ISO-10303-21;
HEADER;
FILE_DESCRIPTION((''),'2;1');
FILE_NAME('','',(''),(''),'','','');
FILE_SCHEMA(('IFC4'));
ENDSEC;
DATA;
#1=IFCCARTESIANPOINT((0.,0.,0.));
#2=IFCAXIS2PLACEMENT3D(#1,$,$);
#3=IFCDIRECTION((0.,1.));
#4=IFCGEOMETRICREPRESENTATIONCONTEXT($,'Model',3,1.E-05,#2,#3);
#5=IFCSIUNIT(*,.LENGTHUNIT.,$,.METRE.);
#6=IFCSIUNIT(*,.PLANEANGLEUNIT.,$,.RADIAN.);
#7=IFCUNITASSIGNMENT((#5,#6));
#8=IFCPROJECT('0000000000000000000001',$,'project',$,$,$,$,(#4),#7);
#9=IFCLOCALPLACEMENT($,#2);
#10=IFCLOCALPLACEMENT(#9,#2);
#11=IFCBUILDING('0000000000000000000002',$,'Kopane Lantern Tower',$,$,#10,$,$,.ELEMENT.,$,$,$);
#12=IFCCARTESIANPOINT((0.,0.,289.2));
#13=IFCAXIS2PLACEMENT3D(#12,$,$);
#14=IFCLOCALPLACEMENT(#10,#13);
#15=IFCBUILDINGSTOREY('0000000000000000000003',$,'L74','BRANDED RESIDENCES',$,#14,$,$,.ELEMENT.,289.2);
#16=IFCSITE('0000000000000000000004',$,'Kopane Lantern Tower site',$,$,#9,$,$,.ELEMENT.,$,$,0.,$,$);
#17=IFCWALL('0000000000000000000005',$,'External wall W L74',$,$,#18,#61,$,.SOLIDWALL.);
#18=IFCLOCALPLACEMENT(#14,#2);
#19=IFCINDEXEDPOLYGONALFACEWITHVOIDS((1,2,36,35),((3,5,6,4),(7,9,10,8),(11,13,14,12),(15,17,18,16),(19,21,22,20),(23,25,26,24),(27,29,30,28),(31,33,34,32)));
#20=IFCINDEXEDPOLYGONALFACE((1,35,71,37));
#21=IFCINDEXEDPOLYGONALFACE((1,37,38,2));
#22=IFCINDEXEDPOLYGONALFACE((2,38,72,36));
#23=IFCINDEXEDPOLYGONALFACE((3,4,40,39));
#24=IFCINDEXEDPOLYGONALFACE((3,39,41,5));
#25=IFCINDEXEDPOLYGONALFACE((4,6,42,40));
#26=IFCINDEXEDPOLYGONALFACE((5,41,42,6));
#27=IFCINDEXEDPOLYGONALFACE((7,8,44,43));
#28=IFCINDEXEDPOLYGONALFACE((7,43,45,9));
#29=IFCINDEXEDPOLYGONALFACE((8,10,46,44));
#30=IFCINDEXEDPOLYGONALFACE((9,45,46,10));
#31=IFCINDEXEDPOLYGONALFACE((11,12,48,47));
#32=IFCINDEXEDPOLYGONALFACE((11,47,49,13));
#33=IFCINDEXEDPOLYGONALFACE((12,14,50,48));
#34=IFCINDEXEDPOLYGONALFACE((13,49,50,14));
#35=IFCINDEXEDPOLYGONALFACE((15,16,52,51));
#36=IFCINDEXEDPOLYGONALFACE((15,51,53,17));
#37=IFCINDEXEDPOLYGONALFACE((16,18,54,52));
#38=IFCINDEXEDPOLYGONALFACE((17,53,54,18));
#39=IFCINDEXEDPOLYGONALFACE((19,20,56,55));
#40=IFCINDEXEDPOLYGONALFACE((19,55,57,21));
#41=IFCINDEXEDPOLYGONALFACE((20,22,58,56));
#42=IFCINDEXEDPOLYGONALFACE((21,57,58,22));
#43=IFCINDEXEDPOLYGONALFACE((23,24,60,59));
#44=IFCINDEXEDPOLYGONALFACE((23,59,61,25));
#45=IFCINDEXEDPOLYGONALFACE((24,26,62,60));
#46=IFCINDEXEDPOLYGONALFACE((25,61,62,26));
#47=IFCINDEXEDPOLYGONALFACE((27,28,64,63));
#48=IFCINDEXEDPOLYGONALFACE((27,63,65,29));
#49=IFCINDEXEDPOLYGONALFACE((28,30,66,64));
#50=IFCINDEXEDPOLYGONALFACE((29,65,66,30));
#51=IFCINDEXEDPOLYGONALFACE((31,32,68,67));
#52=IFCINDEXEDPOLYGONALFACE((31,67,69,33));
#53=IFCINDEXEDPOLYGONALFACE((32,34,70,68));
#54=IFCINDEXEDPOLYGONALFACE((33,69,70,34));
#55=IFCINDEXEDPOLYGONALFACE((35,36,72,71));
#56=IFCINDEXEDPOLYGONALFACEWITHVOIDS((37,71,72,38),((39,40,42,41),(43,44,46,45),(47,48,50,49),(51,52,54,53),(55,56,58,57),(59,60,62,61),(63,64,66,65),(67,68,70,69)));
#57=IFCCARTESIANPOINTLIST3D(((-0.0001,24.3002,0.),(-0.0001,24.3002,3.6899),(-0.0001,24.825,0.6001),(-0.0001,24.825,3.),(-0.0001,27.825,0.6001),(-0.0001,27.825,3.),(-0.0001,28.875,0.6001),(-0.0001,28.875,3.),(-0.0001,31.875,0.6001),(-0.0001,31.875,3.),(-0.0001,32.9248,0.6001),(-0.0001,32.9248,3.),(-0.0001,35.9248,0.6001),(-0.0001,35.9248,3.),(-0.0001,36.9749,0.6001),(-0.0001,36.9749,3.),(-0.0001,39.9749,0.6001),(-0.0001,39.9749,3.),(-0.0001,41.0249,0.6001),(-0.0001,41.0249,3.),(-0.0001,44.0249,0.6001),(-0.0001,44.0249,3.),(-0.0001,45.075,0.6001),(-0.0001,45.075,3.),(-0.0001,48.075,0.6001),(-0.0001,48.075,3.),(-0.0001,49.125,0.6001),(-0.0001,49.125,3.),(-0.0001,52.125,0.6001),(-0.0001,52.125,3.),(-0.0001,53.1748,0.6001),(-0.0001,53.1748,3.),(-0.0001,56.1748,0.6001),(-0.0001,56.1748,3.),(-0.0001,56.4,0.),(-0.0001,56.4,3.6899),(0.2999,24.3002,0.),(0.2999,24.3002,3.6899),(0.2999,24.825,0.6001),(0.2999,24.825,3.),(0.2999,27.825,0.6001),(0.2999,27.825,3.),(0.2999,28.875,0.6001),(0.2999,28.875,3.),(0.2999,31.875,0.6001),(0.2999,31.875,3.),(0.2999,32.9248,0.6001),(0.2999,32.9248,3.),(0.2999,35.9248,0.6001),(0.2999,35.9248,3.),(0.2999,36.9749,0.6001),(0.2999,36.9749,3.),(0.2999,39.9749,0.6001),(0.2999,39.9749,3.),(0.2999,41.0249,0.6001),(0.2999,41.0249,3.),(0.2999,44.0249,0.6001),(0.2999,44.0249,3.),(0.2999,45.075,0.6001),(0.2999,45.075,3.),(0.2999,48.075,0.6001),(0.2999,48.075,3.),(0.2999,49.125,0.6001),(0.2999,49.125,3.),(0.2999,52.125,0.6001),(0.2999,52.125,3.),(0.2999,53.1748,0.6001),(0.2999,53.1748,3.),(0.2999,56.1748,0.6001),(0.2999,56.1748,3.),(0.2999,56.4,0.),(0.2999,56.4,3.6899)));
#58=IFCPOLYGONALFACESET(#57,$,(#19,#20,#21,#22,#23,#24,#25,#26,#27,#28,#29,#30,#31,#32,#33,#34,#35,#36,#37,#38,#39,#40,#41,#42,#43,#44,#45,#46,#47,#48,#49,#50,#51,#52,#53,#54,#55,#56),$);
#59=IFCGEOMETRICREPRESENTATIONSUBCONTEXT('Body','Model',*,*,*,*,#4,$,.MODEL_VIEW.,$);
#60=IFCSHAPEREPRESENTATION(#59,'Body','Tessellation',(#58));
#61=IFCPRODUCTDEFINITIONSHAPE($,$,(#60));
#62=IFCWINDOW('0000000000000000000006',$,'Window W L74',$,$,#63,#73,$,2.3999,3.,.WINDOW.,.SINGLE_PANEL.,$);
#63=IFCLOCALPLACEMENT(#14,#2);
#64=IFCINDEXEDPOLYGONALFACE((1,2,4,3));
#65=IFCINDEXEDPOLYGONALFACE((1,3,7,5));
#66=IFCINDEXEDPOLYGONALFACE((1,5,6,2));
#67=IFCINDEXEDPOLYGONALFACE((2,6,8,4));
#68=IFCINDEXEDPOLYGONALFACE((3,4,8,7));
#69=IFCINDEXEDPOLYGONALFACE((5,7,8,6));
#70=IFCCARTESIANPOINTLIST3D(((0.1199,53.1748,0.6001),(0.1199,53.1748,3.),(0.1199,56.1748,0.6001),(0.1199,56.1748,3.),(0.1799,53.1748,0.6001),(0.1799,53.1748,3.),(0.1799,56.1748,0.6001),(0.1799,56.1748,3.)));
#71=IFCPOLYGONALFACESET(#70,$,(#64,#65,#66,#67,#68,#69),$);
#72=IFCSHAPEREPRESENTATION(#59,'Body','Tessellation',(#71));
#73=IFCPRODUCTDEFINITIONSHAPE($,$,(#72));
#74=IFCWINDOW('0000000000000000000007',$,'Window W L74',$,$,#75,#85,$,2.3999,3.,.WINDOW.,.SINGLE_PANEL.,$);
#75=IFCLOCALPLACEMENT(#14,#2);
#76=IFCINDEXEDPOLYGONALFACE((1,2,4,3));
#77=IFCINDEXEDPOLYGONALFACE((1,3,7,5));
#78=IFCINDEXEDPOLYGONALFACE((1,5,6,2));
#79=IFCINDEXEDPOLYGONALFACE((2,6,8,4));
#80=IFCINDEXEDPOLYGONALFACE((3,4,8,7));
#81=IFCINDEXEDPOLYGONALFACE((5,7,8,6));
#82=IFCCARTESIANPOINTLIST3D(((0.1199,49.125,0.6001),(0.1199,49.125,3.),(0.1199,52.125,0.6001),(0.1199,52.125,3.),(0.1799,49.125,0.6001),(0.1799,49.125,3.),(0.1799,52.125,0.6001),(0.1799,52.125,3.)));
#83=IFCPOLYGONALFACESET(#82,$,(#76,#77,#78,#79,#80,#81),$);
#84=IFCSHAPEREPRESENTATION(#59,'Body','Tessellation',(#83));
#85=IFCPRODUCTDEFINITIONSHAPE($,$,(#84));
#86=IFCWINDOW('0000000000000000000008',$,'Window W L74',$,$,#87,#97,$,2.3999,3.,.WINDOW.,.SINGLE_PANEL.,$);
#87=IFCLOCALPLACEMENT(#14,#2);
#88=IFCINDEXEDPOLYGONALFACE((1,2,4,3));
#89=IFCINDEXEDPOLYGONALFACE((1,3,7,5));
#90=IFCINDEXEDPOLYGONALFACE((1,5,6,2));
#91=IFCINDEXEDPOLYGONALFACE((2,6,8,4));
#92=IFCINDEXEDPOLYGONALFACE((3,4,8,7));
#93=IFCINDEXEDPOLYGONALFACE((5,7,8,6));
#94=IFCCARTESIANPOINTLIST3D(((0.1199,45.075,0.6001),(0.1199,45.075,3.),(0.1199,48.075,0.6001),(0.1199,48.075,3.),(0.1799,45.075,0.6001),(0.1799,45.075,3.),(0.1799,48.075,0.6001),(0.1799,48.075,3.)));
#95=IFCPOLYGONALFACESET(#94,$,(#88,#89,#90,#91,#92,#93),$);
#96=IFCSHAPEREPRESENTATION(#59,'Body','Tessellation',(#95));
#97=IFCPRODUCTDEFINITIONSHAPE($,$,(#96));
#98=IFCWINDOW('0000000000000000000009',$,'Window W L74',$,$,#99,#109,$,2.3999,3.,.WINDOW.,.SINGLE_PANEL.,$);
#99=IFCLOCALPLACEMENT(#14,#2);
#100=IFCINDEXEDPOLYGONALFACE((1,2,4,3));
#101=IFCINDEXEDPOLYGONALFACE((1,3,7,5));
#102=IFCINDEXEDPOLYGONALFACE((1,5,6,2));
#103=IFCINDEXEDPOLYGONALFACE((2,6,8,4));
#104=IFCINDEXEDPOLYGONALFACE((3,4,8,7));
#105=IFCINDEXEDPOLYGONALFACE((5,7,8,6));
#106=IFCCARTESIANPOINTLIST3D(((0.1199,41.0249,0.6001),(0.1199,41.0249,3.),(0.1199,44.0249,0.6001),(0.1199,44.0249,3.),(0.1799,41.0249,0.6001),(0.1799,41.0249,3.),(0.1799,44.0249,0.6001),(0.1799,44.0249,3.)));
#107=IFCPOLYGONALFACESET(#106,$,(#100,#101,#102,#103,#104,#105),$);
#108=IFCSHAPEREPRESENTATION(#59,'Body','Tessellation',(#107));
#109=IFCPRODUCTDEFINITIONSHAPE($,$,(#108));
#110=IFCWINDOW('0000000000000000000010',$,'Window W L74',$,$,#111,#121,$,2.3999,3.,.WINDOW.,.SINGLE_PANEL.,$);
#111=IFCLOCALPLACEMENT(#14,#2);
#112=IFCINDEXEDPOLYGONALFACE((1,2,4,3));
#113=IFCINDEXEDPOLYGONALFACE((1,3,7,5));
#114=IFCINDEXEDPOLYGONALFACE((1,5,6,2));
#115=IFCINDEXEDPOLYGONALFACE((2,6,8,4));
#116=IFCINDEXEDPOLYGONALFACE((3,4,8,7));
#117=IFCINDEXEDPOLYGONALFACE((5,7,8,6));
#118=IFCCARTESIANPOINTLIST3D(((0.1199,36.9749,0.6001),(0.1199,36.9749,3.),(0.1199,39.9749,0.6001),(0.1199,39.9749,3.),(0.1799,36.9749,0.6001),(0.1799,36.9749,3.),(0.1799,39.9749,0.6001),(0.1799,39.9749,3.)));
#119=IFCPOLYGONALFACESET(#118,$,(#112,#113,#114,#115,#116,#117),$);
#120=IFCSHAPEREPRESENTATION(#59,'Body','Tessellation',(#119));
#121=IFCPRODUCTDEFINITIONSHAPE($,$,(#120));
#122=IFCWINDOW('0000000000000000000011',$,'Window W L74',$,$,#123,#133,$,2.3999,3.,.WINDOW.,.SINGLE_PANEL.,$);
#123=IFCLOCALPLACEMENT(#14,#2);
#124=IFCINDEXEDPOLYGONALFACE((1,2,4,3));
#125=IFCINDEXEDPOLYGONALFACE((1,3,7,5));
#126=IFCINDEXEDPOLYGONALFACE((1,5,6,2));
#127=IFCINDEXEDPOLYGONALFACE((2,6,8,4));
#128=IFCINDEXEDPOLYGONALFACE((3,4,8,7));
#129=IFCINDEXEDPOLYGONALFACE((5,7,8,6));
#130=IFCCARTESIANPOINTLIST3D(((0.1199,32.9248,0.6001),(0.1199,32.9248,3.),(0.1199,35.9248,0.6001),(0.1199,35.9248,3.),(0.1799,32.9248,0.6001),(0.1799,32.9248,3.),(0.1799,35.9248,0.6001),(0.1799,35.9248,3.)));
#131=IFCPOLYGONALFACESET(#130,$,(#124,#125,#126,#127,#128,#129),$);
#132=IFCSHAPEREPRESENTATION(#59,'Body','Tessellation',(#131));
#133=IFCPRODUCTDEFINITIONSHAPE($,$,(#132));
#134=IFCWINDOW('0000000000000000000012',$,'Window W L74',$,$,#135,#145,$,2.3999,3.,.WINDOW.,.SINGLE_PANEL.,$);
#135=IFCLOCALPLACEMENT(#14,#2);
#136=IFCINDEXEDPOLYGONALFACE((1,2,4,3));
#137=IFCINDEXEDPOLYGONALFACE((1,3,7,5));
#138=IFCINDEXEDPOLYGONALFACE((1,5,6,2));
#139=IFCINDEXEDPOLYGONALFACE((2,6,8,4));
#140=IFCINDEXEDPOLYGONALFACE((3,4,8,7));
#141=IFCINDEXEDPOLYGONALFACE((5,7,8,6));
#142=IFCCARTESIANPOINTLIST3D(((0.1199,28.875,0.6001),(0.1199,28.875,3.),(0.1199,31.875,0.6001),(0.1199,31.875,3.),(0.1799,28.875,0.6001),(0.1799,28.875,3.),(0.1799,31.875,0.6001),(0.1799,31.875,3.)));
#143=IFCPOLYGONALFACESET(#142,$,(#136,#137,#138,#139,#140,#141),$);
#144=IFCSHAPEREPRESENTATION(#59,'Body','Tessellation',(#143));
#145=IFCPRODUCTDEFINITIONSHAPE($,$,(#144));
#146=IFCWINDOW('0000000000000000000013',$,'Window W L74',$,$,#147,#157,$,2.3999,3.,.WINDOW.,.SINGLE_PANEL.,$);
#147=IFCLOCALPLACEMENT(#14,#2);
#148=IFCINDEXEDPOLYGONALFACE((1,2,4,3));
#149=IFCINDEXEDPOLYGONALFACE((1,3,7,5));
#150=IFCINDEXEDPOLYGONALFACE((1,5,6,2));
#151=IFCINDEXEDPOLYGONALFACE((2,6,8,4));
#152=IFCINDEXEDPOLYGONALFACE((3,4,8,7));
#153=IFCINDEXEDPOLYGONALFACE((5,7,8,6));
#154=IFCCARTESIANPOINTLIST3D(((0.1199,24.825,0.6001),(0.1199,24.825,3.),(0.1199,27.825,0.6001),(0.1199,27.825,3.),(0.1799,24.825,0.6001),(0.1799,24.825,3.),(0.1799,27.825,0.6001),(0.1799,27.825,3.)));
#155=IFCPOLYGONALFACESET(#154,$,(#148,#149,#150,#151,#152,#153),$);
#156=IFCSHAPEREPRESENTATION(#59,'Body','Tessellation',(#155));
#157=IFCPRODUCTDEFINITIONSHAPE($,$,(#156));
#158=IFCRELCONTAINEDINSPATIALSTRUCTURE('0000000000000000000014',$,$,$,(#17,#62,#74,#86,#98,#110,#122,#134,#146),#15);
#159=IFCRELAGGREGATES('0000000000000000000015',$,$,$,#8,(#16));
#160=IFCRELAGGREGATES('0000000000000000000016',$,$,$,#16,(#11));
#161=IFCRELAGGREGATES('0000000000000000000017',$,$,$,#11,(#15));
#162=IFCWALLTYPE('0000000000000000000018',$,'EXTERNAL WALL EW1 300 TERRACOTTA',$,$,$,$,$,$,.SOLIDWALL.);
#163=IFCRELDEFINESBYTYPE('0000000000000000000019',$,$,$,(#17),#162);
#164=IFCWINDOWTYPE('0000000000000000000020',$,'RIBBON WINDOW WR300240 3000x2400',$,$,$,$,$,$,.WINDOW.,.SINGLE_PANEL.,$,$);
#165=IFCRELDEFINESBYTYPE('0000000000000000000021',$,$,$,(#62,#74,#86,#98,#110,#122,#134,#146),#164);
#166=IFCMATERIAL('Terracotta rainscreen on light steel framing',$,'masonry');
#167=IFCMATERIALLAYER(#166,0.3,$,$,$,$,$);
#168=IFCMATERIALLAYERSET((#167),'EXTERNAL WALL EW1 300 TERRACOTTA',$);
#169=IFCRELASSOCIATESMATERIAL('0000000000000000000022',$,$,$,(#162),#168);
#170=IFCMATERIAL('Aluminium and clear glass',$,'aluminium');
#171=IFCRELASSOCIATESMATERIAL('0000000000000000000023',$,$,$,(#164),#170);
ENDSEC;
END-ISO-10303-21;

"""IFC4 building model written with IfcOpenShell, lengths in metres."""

from ifc_helpers import new_model, si_unit, direction, frame, frame_2d, origin, place, context, subcontext, project, spatial, rectangle, extrude, material, layer, layer_set, type_object, element, fill, save


model = new_model("IFC4")

# Units and contexts
model_context = context("Model", 3, precision=1e-05, world=origin(), true_north=direction((0.0, 1.0)))
body_context = subcontext(model_context, "Body", "Model", "MODEL_VIEW")
ifc_project = project(units=[si_unit("LENGTHUNIT", "METRE"), si_unit("PLANEANGLEUNIT", "RADIAN")], contexts=[model_context])

# Site, building, storey
site_placement = place(None, origin())
site = spatial("IfcSite", under=ifc_project, at=site_placement, Name="Kopane Lantern Tower site", CompositionType="ELEMENT", RefElevation=0.0)
building_placement = place(site_placement, origin())
building = spatial("IfcBuilding", under=site, at=building_placement, Name="Kopane Lantern Tower", CompositionType="ELEMENT")
storey_placement = place(building_placement, frame((0.0, 0.0, 289.2)))
storey = spatial("IfcBuildingStorey", under=building, at=storey_placement, Name="L74", Description="BRANDED RESIDENCES", CompositionType="ELEMENT", Elevation=289.2)

# Shared definitions
ifc_material_1 = material(Name="Terracotta rainscreen on light steel framing", Category="masonry")
ifc_layer_1 = layer(ifc_material_1, 0.3)
ifc_layer_set_1 = layer_set([ifc_layer_1], Name="EXTERNAL WALL EW1 300 TERRACOTTA")
wall_type = type_object("IfcWallType", Name="EXTERNAL WALL EW1 300 TERRACOTTA", PredefinedType="SOLIDWALL", material=ifc_layer_set_1)

# Wall, openings, windows
wall_1_placement = place(storey_placement, frame((0.1499, 56.3999, 0.0), z_axis=(0.0, 0.0, 1.0), x_axis=(0.0, -1.0, 0.0)))
wall_1 = element("IfcWall", 1, at=wall_1_placement, inside=storey, type_object=wall_type, Name="External wall W L74", PredefinedType="SOLIDWALL", context=body_context, shape_type="SweptSolid", body=[
    extrude(rectangle(XDim=32.0999, YDim=0.3, at=frame_2d((16.0498, 0.0))), origin(), (0.0, 0.0, 1.0), 3.6899),
])
opening_1_placement = place(wall_1_placement, frame((0.2251, 0.0, 0.6001)))
opening_1 = element("IfcOpeningElement", 2, at=opening_1_placement, cuts=wall_1, PredefinedType="OPENING", context=body_context, shape_type="SweptSolid", body=[
    extrude(rectangle(XDim=3.0, YDim=2.3999, at=frame_2d((1.5, 1.2))), frame((0.0, 0.1599, 0.0), z_axis=(0.0, -1.0, 0.0), x_axis=(1.0, 0.0, 0.0)), (0.0, 0.0, 1.0), 0.3201),
])
opening_2_placement = place(wall_1_placement, frame((4.2749, 0.0, 0.6001)))
opening_2 = element("IfcOpeningElement", 3, at=opening_2_placement, cuts=wall_1, PredefinedType="OPENING", context=body_context, shape_type="SweptSolid", body=[
    extrude(rectangle(XDim=3.0, YDim=2.3999, at=frame_2d((1.5, 1.2))), frame((0.0, 0.1599, 0.0), z_axis=(0.0, -1.0, 0.0), x_axis=(1.0, 0.0, 0.0)), (0.0, 0.0, 1.0), 0.3201),
])
opening_3_placement = place(wall_1_placement, frame((8.325, 0.0, 0.6001)))
opening_3 = element("IfcOpeningElement", 4, at=opening_3_placement, cuts=wall_1, PredefinedType="OPENING", context=body_context, shape_type="SweptSolid", body=[
    extrude(rectangle(XDim=3.0, YDim=2.3999, at=frame_2d((1.5, 1.2))), frame((0.0, 0.1599, 0.0), z_axis=(0.0, -1.0, 0.0), x_axis=(1.0, 0.0, 0.0)), (0.0, 0.0, 1.0), 0.3201),
])
opening_4_placement = place(wall_1_placement, frame((12.375, 0.0, 0.6001)))
opening_4 = element("IfcOpeningElement", 5, at=opening_4_placement, cuts=wall_1, PredefinedType="OPENING", context=body_context, shape_type="SweptSolid", body=[
    extrude(rectangle(XDim=3.0, YDim=2.3999, at=frame_2d((1.5, 1.2))), frame((0.0, 0.1599, 0.0), z_axis=(0.0, -1.0, 0.0), x_axis=(1.0, 0.0, 0.0)), (0.0, 0.0, 1.0), 0.3201),
])
opening_5_placement = place(wall_1_placement, frame((16.425, 0.0, 0.6001)))
opening_5 = element("IfcOpeningElement", 6, at=opening_5_placement, cuts=wall_1, PredefinedType="OPENING", context=body_context, shape_type="SweptSolid", body=[
    extrude(rectangle(XDim=3.0, YDim=2.3999, at=frame_2d((1.5, 1.2))), frame((0.0, 0.1599, 0.0), z_axis=(0.0, -1.0, 0.0), x_axis=(1.0, 0.0, 0.0)), (0.0, 0.0, 1.0), 0.3201),
])
opening_6_placement = place(wall_1_placement, frame((20.4751, 0.0, 0.6001)))
opening_6 = element("IfcOpeningElement", 7, at=opening_6_placement, cuts=wall_1, PredefinedType="OPENING", context=body_context, shape_type="SweptSolid", body=[
    extrude(rectangle(XDim=3.0, YDim=2.3999, at=frame_2d((1.5, 1.2))), frame((0.0, 0.1599, 0.0), z_axis=(0.0, -1.0, 0.0), x_axis=(1.0, 0.0, 0.0)), (0.0, 0.0, 1.0), 0.3201),
])
opening_7_placement = place(wall_1_placement, frame((24.5249, 0.0, 0.6001)))
opening_7 = element("IfcOpeningElement", 8, at=opening_7_placement, cuts=wall_1, PredefinedType="OPENING", context=body_context, shape_type="SweptSolid", body=[
    extrude(rectangle(XDim=3.0, YDim=2.3999, at=frame_2d((1.5, 1.2))), frame((0.0, 0.1599, 0.0), z_axis=(0.0, -1.0, 0.0), x_axis=(1.0, 0.0, 0.0)), (0.0, 0.0, 1.0), 0.3201),
])
opening_8_placement = place(wall_1_placement, frame((28.575, 0.0, 0.6001)))
opening_8 = element("IfcOpeningElement", 9, at=opening_8_placement, cuts=wall_1, PredefinedType="OPENING", context=body_context, shape_type="SweptSolid", body=[
    extrude(rectangle(XDim=3.0, YDim=2.3999, at=frame_2d((1.5, 1.2))), frame((0.0, 0.1599, 0.0), z_axis=(0.0, -1.0, 0.0), x_axis=(1.0, 0.0, 0.0)), (0.0, 0.0, 1.0), 0.3201),
])
ifc_material_2 = material(Name="Aluminium and clear glass", Category="aluminium")
window_type_1 = type_object("IfcWindowType", Name="RIBBON WINDOW WR300240 3000x2400", PartitioningType="SINGLE_PANEL", PredefinedType="WINDOW", material=ifc_material_2)
window_1_placement = place(opening_1_placement, origin())
window_1 = element("IfcWindow", 10, at=window_1_placement, inside=storey, type_object=window_type_1, Name="Window W L74", OverallHeight=2.3999, OverallWidth=3.0, PartitioningType="SINGLE_PANEL", PredefinedType="WINDOW", context=body_context, shape_type="SweptSolid", body=[
    extrude(rectangle(XDim=3.0, YDim=2.3999, at=frame_2d((1.5, 1.2))), frame((0.0, 0.03, 0.0), z_axis=(0.0, -1.0, 0.0), x_axis=(1.0, 0.0, 0.0)), (0.0, 0.0, 1.0), 0.0601),
])
fill(opening_1, window_1)
window_2_placement = place(opening_2_placement, origin())
window_2 = element("IfcWindow", 11, at=window_2_placement, inside=storey, type_object=window_type_1, Name="Window W L74", OverallHeight=2.3999, OverallWidth=3.0, PartitioningType="SINGLE_PANEL", PredefinedType="WINDOW", context=body_context, shape_type="SweptSolid", body=[
    extrude(rectangle(XDim=3.0, YDim=2.3999, at=frame_2d((1.5, 1.2))), frame((0.0, 0.03, 0.0), z_axis=(0.0, -1.0, 0.0), x_axis=(1.0, 0.0, 0.0)), (0.0, 0.0, 1.0), 0.0601),
])
fill(opening_2, window_2)
window_3_placement = place(opening_3_placement, origin())
window_3 = element("IfcWindow", 12, at=window_3_placement, inside=storey, type_object=window_type_1, Name="Window W L74", OverallHeight=2.3999, OverallWidth=3.0, PartitioningType="SINGLE_PANEL", PredefinedType="WINDOW", context=body_context, shape_type="SweptSolid", body=[
    extrude(rectangle(XDim=3.0, YDim=2.3999, at=frame_2d((1.5, 1.2))), frame((0.0, 0.03, 0.0), z_axis=(0.0, -1.0, 0.0), x_axis=(1.0, 0.0, 0.0)), (0.0, 0.0, 1.0), 0.0601),
])
fill(opening_3, window_3)
window_4_placement = place(opening_4_placement, origin())
window_4 = element("IfcWindow", 13, at=window_4_placement, inside=storey, type_object=window_type_1, Name="Window W L74", OverallHeight=2.3999, OverallWidth=3.0, PartitioningType="SINGLE_PANEL", PredefinedType="WINDOW", context=body_context, shape_type="SweptSolid", body=[
    extrude(rectangle(XDim=3.0, YDim=2.3999, at=frame_2d((1.5, 1.2))), frame((0.0, 0.03, 0.0), z_axis=(0.0, -1.0, 0.0), x_axis=(1.0, 0.0, 0.0)), (0.0, 0.0, 1.0), 0.0601),
])
fill(opening_4, window_4)
window_5_placement = place(opening_5_placement, origin())
window_5 = element("IfcWindow", 14, at=window_5_placement, inside=storey, type_object=window_type_1, Name="Window W L74", OverallHeight=2.3999, OverallWidth=3.0, PartitioningType="SINGLE_PANEL", PredefinedType="WINDOW", context=body_context, shape_type="SweptSolid", body=[
    extrude(rectangle(XDim=3.0, YDim=2.3999, at=frame_2d((1.5, 1.2))), frame((0.0, 0.03, 0.0), z_axis=(0.0, -1.0, 0.0), x_axis=(1.0, 0.0, 0.0)), (0.0, 0.0, 1.0), 0.0601),
])
fill(opening_5, window_5)
window_6_placement = place(opening_6_placement, origin())
window_6 = element("IfcWindow", 15, at=window_6_placement, inside=storey, type_object=window_type_1, Name="Window W L74", OverallHeight=2.3999, OverallWidth=3.0, PartitioningType="SINGLE_PANEL", PredefinedType="WINDOW", context=body_context, shape_type="SweptSolid", body=[
    extrude(rectangle(XDim=3.0, YDim=2.3999, at=frame_2d((1.5, 1.2))), frame((0.0, 0.03, 0.0), z_axis=(0.0, -1.0, 0.0), x_axis=(1.0, 0.0, 0.0)), (0.0, 0.0, 1.0), 0.0601),
])
fill(opening_6, window_6)
window_7_placement = place(opening_7_placement, origin())
window_7 = element("IfcWindow", 16, at=window_7_placement, inside=storey, type_object=window_type_1, Name="Window W L74", OverallHeight=2.3999, OverallWidth=3.0, PartitioningType="SINGLE_PANEL", PredefinedType="WINDOW", context=body_context, shape_type="SweptSolid", body=[
    extrude(rectangle(XDim=3.0, YDim=2.3999, at=frame_2d((1.5, 1.2))), frame((0.0, 0.03, 0.0), z_axis=(0.0, -1.0, 0.0), x_axis=(1.0, 0.0, 0.0)), (0.0, 0.0, 1.0), 0.0601),
])
fill(opening_7, window_7)
window_8_placement = place(opening_8_placement, origin())
window_8 = element("IfcWindow", 17, at=window_8_placement, inside=storey, type_object=window_type_1, Name="Window W L74", OverallHeight=2.3999, OverallWidth=3.0, PartitioningType="SINGLE_PANEL", PredefinedType="WINDOW", context=body_context, shape_type="SweptSolid", body=[
    extrude(rectangle(XDim=3.0, YDim=2.3999, at=frame_2d((1.5, 1.2))), frame((0.0, 0.03, 0.0), z_axis=(0.0, -1.0, 0.0), x_axis=(1.0, 0.0, 0.0)), (0.0, 0.0, 1.0), 0.0601),
])
fill(opening_8, window_8)

save(model, "model.ifc")
